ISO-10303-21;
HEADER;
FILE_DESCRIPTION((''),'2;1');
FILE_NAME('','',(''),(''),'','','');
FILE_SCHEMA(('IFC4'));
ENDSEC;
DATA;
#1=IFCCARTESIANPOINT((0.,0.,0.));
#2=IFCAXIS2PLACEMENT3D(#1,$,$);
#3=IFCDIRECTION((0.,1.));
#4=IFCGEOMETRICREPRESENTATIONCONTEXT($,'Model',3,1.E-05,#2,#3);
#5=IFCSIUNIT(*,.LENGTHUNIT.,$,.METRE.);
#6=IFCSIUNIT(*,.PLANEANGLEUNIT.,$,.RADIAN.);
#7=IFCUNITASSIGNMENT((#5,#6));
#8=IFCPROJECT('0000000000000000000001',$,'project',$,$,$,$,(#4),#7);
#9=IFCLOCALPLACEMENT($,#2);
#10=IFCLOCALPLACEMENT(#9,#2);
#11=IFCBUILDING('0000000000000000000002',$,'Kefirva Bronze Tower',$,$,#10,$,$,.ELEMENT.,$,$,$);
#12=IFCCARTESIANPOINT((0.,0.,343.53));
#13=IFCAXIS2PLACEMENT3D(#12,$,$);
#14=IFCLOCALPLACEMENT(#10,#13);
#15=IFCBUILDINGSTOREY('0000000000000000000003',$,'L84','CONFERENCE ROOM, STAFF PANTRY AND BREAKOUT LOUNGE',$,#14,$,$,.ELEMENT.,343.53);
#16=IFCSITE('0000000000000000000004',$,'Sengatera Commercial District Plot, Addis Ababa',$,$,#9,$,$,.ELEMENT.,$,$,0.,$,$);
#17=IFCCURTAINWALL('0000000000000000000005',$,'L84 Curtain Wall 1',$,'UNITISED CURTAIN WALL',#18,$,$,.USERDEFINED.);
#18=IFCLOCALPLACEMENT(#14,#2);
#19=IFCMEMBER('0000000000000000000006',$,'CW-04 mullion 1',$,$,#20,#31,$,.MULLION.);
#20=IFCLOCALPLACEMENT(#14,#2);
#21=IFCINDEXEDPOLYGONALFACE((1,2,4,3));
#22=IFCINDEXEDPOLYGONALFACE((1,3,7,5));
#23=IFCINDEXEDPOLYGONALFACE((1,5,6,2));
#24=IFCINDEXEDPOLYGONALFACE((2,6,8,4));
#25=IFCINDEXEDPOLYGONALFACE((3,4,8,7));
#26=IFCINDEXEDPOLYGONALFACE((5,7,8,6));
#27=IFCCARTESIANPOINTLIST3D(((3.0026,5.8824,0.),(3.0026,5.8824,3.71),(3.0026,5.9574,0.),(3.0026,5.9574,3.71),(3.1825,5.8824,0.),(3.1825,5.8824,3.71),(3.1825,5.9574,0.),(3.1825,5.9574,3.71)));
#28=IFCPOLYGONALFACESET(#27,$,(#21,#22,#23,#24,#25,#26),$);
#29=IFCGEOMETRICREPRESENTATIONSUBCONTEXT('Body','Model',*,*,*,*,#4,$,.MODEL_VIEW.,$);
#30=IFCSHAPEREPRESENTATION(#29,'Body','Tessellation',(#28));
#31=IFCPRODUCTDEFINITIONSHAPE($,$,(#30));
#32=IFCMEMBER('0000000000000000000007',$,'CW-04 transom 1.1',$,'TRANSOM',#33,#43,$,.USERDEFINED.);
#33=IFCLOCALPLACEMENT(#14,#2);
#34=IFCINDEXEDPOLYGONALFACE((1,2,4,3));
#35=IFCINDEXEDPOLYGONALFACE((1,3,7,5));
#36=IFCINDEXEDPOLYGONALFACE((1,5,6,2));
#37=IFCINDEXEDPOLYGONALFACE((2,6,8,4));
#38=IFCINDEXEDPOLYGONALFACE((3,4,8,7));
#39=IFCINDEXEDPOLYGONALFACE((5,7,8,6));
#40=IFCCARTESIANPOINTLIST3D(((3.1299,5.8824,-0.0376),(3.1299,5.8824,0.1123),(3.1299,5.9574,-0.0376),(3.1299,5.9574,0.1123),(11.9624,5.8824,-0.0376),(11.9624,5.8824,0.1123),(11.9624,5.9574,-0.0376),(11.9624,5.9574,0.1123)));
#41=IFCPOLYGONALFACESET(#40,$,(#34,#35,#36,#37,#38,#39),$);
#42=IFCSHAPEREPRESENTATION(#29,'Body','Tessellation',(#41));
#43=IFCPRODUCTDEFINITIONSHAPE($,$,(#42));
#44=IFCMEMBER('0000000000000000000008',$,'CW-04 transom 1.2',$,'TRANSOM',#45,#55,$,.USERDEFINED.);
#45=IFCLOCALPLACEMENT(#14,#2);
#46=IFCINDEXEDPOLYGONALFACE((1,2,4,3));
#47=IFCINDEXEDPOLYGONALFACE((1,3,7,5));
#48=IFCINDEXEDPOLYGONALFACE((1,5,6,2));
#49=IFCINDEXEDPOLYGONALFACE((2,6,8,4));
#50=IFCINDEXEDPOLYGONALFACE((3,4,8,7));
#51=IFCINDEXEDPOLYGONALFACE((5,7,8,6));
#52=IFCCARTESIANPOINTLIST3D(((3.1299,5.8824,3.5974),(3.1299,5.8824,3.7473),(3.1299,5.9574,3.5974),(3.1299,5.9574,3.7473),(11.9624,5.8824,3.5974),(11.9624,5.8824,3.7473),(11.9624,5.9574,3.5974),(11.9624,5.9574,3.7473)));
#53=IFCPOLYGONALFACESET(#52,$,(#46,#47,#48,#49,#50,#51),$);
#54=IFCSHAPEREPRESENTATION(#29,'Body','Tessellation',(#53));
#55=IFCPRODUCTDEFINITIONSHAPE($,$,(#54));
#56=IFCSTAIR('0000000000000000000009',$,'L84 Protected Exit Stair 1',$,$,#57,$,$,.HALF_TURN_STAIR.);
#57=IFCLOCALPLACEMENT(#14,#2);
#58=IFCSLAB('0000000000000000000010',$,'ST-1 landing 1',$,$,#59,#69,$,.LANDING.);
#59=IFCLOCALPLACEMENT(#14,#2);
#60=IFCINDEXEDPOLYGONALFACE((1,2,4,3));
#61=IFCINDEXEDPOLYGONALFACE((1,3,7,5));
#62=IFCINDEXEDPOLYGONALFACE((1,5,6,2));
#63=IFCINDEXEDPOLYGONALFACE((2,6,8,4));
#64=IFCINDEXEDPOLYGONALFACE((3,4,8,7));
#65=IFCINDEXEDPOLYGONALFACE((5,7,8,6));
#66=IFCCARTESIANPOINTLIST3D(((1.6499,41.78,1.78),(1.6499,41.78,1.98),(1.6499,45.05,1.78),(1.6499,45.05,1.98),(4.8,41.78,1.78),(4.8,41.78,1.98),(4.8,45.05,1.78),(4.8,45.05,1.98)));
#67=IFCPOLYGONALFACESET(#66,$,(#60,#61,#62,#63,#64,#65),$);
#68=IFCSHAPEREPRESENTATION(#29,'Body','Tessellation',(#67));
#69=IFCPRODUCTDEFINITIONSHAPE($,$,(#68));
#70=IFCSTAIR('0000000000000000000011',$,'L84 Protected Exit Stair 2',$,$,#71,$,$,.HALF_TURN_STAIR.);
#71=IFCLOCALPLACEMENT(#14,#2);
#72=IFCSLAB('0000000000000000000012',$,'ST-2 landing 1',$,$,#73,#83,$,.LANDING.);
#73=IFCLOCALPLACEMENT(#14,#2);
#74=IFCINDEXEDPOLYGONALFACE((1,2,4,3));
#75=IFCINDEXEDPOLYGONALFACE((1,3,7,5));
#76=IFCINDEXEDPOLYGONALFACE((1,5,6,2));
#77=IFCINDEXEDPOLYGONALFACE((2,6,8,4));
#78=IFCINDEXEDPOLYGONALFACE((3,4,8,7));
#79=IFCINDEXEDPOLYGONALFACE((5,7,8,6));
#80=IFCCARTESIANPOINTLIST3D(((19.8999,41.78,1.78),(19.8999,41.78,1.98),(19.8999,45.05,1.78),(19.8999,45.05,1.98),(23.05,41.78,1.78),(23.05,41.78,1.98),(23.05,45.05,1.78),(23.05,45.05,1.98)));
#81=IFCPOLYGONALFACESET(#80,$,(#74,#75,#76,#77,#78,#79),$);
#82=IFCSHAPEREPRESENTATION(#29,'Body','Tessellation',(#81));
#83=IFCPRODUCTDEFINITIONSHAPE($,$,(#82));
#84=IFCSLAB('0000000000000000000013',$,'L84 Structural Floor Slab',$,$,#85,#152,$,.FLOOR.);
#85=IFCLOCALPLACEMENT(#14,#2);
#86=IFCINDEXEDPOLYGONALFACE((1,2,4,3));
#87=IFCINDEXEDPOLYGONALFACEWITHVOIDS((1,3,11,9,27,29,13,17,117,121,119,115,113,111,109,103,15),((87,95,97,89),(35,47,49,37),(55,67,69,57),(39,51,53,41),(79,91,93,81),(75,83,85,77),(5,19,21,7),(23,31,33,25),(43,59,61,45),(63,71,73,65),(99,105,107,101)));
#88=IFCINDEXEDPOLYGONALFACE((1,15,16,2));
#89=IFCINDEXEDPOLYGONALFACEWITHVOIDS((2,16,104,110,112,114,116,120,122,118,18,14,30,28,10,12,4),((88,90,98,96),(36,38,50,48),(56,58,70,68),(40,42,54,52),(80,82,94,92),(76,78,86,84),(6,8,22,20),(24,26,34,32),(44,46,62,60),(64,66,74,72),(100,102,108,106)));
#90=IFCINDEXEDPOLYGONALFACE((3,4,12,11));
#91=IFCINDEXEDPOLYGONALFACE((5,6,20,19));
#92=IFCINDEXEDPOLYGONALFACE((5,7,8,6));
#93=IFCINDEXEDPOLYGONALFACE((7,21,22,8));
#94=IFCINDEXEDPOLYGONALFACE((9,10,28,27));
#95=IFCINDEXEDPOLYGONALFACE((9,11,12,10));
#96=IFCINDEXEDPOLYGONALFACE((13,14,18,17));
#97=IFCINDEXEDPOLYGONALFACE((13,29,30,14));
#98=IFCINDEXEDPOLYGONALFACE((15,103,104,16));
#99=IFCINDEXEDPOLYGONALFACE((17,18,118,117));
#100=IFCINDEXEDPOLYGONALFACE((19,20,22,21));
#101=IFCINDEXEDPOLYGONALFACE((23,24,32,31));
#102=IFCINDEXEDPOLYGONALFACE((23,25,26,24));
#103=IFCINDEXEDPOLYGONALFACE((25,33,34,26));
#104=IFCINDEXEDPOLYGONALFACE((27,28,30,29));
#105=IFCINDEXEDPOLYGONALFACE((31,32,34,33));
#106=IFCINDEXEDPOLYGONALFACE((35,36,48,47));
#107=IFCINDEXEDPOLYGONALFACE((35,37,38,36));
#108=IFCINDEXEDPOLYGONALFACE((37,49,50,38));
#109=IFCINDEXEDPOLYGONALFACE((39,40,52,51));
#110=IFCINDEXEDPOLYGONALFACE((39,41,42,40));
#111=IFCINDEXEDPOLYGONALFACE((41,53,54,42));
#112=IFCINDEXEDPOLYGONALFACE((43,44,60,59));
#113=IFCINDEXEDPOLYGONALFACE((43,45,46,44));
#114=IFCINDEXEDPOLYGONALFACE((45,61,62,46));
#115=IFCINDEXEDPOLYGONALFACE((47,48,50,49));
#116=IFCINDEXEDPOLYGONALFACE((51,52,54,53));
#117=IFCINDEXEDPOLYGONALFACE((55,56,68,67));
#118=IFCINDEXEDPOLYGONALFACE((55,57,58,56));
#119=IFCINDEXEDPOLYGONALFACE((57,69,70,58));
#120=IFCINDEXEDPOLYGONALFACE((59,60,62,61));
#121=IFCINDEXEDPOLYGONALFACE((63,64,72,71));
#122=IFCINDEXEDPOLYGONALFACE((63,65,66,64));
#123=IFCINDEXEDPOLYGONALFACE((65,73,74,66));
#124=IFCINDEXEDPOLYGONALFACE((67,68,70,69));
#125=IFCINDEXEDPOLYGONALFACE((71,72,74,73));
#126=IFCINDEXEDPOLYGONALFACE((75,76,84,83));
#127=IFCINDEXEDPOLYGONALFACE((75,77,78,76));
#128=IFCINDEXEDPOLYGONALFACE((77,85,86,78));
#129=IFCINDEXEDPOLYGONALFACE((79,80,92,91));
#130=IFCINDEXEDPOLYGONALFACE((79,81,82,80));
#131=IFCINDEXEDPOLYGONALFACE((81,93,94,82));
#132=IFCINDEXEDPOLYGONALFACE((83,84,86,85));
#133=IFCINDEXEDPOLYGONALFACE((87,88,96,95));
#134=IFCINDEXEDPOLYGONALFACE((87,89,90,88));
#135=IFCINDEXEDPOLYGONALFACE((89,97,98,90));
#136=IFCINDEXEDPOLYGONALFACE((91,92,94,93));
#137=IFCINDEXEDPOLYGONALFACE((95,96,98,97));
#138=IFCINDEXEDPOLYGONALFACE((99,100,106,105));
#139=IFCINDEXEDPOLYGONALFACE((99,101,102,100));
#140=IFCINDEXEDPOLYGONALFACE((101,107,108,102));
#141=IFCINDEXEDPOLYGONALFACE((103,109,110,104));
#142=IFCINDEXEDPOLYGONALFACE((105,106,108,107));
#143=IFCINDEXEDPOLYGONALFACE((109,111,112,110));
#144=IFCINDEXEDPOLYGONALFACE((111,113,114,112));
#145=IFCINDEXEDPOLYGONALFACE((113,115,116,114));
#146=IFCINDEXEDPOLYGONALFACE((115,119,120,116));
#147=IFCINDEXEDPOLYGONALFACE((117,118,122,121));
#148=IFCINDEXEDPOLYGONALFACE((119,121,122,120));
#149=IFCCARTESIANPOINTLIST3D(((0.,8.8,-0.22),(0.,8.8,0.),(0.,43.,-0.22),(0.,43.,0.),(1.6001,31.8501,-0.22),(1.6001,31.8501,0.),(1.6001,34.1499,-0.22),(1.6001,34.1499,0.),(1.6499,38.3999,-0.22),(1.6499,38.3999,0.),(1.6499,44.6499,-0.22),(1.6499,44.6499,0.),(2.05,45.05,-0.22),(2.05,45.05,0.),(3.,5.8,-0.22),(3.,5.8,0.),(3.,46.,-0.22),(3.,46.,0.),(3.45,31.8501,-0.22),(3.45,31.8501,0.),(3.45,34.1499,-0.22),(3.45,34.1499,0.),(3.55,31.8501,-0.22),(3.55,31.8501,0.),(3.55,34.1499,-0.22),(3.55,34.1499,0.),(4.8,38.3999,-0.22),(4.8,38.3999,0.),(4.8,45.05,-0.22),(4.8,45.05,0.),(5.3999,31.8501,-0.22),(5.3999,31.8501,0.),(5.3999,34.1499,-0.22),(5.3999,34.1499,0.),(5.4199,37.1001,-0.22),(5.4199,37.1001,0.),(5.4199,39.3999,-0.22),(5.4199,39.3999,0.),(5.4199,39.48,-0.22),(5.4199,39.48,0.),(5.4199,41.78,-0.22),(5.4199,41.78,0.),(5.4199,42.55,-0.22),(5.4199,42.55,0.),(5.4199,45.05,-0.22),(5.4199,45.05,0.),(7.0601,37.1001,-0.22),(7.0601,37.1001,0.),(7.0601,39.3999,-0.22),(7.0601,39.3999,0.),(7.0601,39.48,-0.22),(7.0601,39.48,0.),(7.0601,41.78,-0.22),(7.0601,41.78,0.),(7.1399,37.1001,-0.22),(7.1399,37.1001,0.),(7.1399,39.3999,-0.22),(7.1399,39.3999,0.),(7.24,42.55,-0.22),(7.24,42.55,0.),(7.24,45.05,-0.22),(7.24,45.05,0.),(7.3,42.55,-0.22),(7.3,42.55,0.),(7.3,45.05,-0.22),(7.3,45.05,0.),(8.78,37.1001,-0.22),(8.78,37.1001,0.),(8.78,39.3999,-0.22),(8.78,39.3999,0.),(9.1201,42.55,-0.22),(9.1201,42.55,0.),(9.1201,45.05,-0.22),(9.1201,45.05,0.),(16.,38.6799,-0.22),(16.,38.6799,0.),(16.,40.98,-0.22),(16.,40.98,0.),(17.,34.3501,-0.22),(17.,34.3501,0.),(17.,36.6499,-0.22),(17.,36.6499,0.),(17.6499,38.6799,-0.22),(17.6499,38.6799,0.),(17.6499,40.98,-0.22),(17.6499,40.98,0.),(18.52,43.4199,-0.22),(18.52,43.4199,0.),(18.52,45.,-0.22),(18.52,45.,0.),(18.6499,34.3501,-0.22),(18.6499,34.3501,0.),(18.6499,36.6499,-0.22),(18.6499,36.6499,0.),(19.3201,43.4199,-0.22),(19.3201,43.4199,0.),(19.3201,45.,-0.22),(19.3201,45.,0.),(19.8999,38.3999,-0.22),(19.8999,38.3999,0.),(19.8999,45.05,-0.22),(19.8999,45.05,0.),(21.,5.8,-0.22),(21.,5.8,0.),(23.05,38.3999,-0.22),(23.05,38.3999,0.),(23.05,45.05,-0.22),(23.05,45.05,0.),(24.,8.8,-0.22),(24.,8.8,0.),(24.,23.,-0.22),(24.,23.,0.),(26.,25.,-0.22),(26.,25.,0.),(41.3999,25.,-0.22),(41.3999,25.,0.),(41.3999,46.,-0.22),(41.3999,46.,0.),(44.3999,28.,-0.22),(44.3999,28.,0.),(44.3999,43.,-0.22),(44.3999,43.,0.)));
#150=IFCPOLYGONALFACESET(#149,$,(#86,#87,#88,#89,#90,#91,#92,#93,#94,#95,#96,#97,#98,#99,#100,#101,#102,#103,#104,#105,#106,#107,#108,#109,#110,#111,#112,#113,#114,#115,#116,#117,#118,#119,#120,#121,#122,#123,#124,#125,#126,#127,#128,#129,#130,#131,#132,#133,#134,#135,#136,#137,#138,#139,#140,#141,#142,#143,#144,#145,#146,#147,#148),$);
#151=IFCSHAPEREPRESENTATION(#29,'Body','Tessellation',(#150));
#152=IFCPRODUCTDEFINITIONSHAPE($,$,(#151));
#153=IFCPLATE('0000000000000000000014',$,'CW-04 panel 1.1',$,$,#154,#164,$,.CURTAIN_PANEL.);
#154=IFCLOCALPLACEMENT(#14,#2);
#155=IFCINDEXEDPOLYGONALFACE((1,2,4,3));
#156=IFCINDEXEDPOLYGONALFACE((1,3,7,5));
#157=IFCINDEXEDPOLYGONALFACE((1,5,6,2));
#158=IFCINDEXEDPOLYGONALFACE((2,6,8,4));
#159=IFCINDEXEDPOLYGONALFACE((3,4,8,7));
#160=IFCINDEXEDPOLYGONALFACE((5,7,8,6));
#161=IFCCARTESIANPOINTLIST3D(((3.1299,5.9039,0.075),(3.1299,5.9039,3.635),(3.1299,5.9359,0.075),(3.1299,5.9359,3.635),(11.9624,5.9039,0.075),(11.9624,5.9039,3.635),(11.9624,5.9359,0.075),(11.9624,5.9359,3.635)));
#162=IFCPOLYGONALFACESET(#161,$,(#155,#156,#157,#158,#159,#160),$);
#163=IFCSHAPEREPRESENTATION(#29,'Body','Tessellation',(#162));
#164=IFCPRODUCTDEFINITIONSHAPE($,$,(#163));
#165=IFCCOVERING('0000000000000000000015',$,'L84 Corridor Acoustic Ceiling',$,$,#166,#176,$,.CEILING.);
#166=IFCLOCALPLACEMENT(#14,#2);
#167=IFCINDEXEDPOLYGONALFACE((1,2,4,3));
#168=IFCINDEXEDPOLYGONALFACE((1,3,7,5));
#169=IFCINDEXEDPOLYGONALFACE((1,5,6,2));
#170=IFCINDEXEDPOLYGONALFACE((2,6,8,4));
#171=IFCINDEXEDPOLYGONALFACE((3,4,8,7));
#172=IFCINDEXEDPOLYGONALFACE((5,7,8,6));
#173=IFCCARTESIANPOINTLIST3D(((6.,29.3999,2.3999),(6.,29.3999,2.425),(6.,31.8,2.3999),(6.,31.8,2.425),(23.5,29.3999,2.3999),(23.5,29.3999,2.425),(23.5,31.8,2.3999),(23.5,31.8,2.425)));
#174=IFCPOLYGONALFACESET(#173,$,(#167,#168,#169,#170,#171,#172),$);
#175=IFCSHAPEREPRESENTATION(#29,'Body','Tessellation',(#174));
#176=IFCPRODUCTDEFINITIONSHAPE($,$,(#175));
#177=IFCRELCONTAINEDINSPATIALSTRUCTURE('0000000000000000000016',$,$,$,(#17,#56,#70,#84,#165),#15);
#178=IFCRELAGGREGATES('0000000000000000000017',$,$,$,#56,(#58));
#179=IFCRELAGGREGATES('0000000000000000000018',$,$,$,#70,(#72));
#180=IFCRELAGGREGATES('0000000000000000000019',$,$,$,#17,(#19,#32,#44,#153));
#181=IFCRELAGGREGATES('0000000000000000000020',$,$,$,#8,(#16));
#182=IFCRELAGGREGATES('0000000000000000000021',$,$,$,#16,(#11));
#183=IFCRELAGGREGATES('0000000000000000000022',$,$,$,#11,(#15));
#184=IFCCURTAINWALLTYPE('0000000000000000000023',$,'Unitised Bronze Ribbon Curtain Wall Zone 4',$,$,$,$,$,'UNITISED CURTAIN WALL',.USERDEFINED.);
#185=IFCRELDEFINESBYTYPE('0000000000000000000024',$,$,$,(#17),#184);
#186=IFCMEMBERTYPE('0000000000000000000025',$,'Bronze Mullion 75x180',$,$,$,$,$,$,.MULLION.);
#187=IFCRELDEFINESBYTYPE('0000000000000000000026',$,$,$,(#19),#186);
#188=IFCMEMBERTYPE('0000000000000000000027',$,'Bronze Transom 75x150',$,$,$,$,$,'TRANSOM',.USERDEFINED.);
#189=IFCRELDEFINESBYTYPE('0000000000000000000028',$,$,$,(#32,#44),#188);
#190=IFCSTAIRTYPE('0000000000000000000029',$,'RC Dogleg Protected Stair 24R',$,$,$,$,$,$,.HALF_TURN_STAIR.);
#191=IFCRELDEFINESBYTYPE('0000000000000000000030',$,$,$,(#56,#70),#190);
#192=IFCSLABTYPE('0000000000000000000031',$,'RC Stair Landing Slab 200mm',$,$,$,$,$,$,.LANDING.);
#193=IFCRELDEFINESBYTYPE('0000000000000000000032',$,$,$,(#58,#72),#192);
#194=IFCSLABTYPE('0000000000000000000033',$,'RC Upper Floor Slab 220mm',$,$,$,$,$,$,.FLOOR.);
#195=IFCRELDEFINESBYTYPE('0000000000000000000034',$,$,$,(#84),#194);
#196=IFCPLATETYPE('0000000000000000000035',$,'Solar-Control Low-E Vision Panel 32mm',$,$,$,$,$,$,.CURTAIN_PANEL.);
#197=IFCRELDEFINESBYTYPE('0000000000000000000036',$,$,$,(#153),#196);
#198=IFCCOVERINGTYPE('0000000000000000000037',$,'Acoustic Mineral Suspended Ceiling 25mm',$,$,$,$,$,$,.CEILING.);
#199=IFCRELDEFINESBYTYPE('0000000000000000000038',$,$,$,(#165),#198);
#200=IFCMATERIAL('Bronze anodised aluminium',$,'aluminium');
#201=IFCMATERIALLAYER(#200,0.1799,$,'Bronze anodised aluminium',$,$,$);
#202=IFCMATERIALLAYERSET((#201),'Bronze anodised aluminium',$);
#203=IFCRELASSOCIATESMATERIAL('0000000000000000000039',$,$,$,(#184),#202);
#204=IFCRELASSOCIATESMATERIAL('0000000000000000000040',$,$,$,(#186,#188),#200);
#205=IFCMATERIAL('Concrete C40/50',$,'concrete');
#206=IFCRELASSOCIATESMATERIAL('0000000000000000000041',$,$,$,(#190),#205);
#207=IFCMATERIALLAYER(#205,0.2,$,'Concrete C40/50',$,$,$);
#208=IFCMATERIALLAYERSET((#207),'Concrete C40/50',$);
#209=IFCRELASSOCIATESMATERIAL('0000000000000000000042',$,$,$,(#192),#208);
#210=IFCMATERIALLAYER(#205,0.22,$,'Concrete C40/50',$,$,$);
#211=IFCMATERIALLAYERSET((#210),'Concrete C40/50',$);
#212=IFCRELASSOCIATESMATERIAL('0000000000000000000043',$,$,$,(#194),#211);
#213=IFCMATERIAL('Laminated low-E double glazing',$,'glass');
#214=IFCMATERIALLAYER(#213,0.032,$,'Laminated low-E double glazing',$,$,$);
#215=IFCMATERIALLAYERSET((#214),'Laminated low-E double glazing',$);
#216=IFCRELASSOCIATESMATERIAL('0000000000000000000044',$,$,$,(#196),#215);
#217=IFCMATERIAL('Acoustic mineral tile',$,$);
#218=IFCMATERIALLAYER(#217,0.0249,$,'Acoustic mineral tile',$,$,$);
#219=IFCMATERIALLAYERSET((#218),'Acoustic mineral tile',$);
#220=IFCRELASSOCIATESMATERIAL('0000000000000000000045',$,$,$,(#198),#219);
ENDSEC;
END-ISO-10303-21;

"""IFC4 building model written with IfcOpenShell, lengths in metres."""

from ifc_helpers import new_model, si_unit, direction, frame, origin, origin_2d, place, context, subcontext, project, spatial, polyline, rectangle, outline, extrude, material, layer, layer_set, material_profile, profile_set, type_object, element, aggregate, save


model = new_model("IFC4")

# Units and contexts
model_context = context("Model", 3, precision=1e-05, world=origin(), true_north=direction((0.0, 1.0)))
body_context = subcontext(model_context, "Body", "Model", "MODEL_VIEW")
ifc_project = project(units=[si_unit("LENGTHUNIT", "METRE"), si_unit("PLANEANGLEUNIT", "RADIAN")], contexts=[model_context])

# Site, building, storey
site_placement = place(None, origin())
site = spatial("IfcSite", under=ifc_project, at=site_placement, Name="Sengatera Commercial District Plot, Addis Ababa", CompositionType="ELEMENT", RefElevation=0.0)
building_placement = place(site_placement, origin())
building = spatial("IfcBuilding", under=site, at=building_placement, Name="Kefirva Bronze Tower", CompositionType="ELEMENT")
storey_placement = place(building_placement, frame((0.0, 0.0, 343.53)))
storey = spatial("IfcBuildingStorey", under=building, at=storey_placement, Name="L84", Description="CONFERENCE ROOM, STAFF PANTRY AND BREAKOUT LOUNGE", CompositionType="ELEMENT", Elevation=343.53)

# Curtain wall, members
ifc_material_1 = material(Name="Bronze anodised aluminium", Category="aluminium")
ifc_layer_1 = layer(ifc_material_1, 0.1799, Name="Bronze anodised aluminium")
ifc_layer_set_1 = layer_set([ifc_layer_1], Name="Bronze anodised aluminium")
curtain_wall_type = type_object("IfcCurtainWallType", Name="Unitised Bronze Ribbon Curtain Wall Zone 4", ElementType="UNITISED CURTAIN WALL", PredefinedType="USERDEFINED", material=ifc_layer_set_1)
curtain_wall_placement = place(storey_placement, origin())
curtain_wall = element("IfcCurtainWall", 1, at=curtain_wall_placement, inside=storey, type_object=curtain_wall_type, Name="L84 Curtain Wall 1", ObjectType="UNITISED CURTAIN WALL", PredefinedType="USERDEFINED")
ifc_material_profile_1 = material_profile(ifc_material_1, rectangle(XDim=0.075, YDim=0.1799, at=origin_2d()), Name="ALU 75x180")
ifc_profile_set_1 = profile_set([ifc_material_profile_1], Name="Bronze anodised aluminium")
member_type_1 = type_object("IfcMemberType", Name="Bronze Mullion 75x180", PredefinedType="MULLION", material=ifc_profile_set_1)
member_1_placement = place(storey_placement, frame((3.0925, 5.9199, 0.0), z_axis=(0.0, 0.0, 1.0), x_axis=(0.0, 1.0, 0.0)))
member_1 = element("IfcMember", 2, at=member_1_placement, type_object=member_type_1, Name="CW-04 mullion 1", PredefinedType="MULLION", context=body_context, shape_type="SweptSolid", body=[
    extrude(rectangle(XDim=0.075, YDim=0.1799, at=origin_2d()), origin(), (0.0, 0.0, 1.0), 3.71),
])
ifc_material_profile_2 = material_profile(ifc_material_1, rectangle(XDim=0.075, YDim=0.1499, at=origin_2d()), Name="ALU 75x150")
ifc_profile_set_2 = profile_set([ifc_material_profile_2], Name="Bronze anodised aluminium")
member_type_2 = type_object("IfcMemberType", Name="Bronze Transom 75x150", ElementType="TRANSOM", PredefinedType="USERDEFINED", material=ifc_profile_set_2)
member_2_placement = place(storey_placement, frame((3.1299, 5.9199, 0.0374), z_axis=(1.0, 0.0, 0.0), x_axis=(0.0, 1.0, 0.0)))
member_2 = element("IfcMember", 3, at=member_2_placement, type_object=member_type_2, Name="CW-04 transom 1.1", ObjectType="TRANSOM", PredefinedType="USERDEFINED", context=body_context, shape_type="SweptSolid", body=[
    extrude(rectangle(XDim=0.075, YDim=0.1499, at=origin_2d()), origin(), (0.0, 0.0, 1.0), 8.8325),
])
member_3_placement = place(storey_placement, frame((3.1299, 5.9199, 3.6724), z_axis=(1.0, 0.0, 0.0), x_axis=(0.0, 1.0, 0.0)))
member_3 = element("IfcMember", 4, at=member_3_placement, type_object=member_type_2, Name="CW-04 transom 1.2", ObjectType="TRANSOM", PredefinedType="USERDEFINED", context=body_context, shape_type="SweptSolid", body=[
    extrude(rectangle(XDim=0.075, YDim=0.1499, at=origin_2d()), origin(), (0.0, 0.0, 1.0), 8.8325),
])

# Stairs, slabs
ifc_material_2 = material(Name="Concrete C40/50", Category="concrete")
stair_type = type_object("IfcStairType", Name="RC Dogleg Protected Stair 24R", PredefinedType="HALF_TURN_STAIR", material=ifc_material_2)
stair_1_placement = place(storey_placement, origin())
stair_1 = element("IfcStair", 5, at=stair_1_placement, inside=storey, type_object=stair_type, Name="L84 Protected Exit Stair 1", PredefinedType="HALF_TURN_STAIR")
ifc_layer_2 = layer(ifc_material_2, 0.2, Name="Concrete C40/50")
ifc_layer_set_2 = layer_set([ifc_layer_2], Name="Concrete C40/50")
slab_type_1 = type_object("IfcSlabType", Name="RC Stair Landing Slab 200mm", PredefinedType="LANDING", material=ifc_layer_set_2)
slab_1_placement = place(storey_placement, frame((0.0, 0.0, 1.78)))
slab_1 = element("IfcSlab", 6, at=slab_1_placement, type_object=slab_type_1, Name="ST-1 landing 1", PredefinedType="LANDING", context=body_context, shape_type="SweptSolid", body=[
    extrude(outline(polyline([(4.8, 41.78), (4.8, 45.05), (1.6499, 45.05), (1.6499, 41.78), (4.8, 41.78)])), origin(), (0.0, 0.0, 1.0), 0.2),
])
aggregate(stair_1, [slab_1])
stair_2_placement = place(storey_placement, origin())
stair_2 = element("IfcStair", 7, at=stair_2_placement, inside=storey, type_object=stair_type, Name="L84 Protected Exit Stair 2", PredefinedType="HALF_TURN_STAIR")
slab_2_placement = place(storey_placement, frame((0.0, 0.0, 1.78)))
slab_2 = element("IfcSlab", 8, at=slab_2_placement, type_object=slab_type_1, Name="ST-2 landing 1", PredefinedType="LANDING", context=body_context, shape_type="SweptSolid", body=[
    extrude(outline(polyline([(23.05, 41.78), (23.05, 45.05), (19.8999, 45.05), (19.8999, 41.78), (23.05, 41.78)])), origin(), (0.0, 0.0, 1.0), 0.2),
])
aggregate(stair_2, [slab_2])

# Slab
ifc_layer_3 = layer(ifc_material_2, 0.22, Name="Concrete C40/50")
ifc_layer_set_3 = layer_set([ifc_layer_3], Name="Concrete C40/50")
slab_type_2 = type_object("IfcSlabType", Name="RC Upper Floor Slab 220mm", PredefinedType="FLOOR", material=ifc_layer_set_3)
slab_3_placement = place(storey_placement, frame((0.0, 0.0, -0.22)))
element("IfcSlab", 9, at=slab_3_placement, inside=storey, type_object=slab_type_2, Name="L84 Structural Floor Slab", PredefinedType="FLOOR", context=body_context, shape_type="SweptSolid", body=[
    extrude(outline(polyline([(0.0, 8.8), (0.0, 43.0), (1.6499, 44.6499), (1.6499, 38.3999), (4.8, 38.3999), (4.8, 45.05), (2.05, 45.05), (3.0, 46.0), (41.3999, 46.0), (44.3999, 43.0), (44.3999, 28.0), (41.3999, 25.0), (26.0, 25.0), (24.0, 23.0), (24.0, 8.8), (21.0, 5.8), (3.0, 5.8), (0.0, 8.8)]), holes=[polyline([(23.05, 45.05), (19.8999, 45.05), (19.8999, 38.3999), (23.05, 38.3999), (23.05, 45.05)]), polyline([(19.3201, 43.4199), (19.3201, 45.0), (18.52, 45.0), (18.52, 43.4199), (19.3201, 43.4199)]), polyline([(18.6499, 36.6499), (17.0, 36.6499), (17.0, 34.3501), (18.6499, 34.3501), (18.6499, 36.6499)]), polyline([(17.6499, 38.6799), (17.6499, 40.98), (16.0, 40.98), (16.0, 38.6799), (17.6499, 38.6799)]), polyline([(9.1201, 42.55), (9.1201, 45.05), (7.3, 45.05), (7.3, 42.55), (9.1201, 42.55)]), polyline([(8.78, 37.1001), (8.78, 39.3999), (7.1399, 39.3999), (7.1399, 37.1001), (8.78, 37.1001)]), polyline([(7.24, 42.55), (7.24, 45.05), (5.4199, 45.05), (5.4199, 42.55), (7.24, 42.55)]), polyline([(7.0601, 37.1001), (7.0601, 39.3999), (5.4199, 39.3999), (5.4199, 37.1001), (7.0601, 37.1001)]), polyline([(7.0601, 41.78), (5.4199, 41.78), (5.4199, 39.48), (7.0601, 39.48), (7.0601, 41.78)]), polyline([(5.3999, 31.8501), (5.3999, 34.1499), (3.55, 34.1499), (3.55, 31.8501), (5.3999, 31.8501)]), polyline([(3.45, 34.1499), (1.6001, 34.1499), (1.6001, 31.8501), (3.45, 31.8501), (3.45, 34.1499)])]), origin(), (0.0, 0.0, 1.0), 0.22),
])

# Plate
ifc_material_3 = material(Name="Laminated low-E double glazing", Category="glass")
ifc_layer_4 = layer(ifc_material_3, 0.032, Name="Laminated low-E double glazing")
ifc_layer_set_4 = layer_set([ifc_layer_4], Name="Laminated low-E double glazing")
plate_type = type_object("IfcPlateType", Name="Solar-Control Low-E Vision Panel 32mm", PredefinedType="CURTAIN_PANEL", material=ifc_layer_set_4)
plate_placement = place(storey_placement, frame((7.5461, 5.9199, 0.075), z_axis=(0.0, 0.0, 1.0), x_axis=(1.0, 0.0, 0.0)))
plate = element("IfcPlate", 10, at=plate_placement, type_object=plate_type, Name="CW-04 panel 1.1", PredefinedType="CURTAIN_PANEL", context=body_context, shape_type="SweptSolid", body=[
    extrude(rectangle(XDim=8.8325, YDim=0.032, at=origin_2d()), origin(), (0.0, 0.0, 1.0), 3.5601),
])
aggregate(curtain_wall, [member_1, member_2, member_3, plate])

# Covering
ifc_material_4 = material(Name="Acoustic mineral tile")
ifc_layer_5 = layer(ifc_material_4, 0.0249, Name="Acoustic mineral tile")
ifc_layer_set_5 = layer_set([ifc_layer_5], Name="Acoustic mineral tile")
covering_type_1 = type_object("IfcCoveringType", Name="Acoustic Mineral Suspended Ceiling 25mm", PredefinedType="CEILING", material=ifc_layer_set_5)
covering_1_placement = place(storey_placement, frame((0.0, 0.0, 2.3999)))
element("IfcCovering", 11, at=covering_1_placement, inside=storey, type_object=covering_type_1, Name="L84 Corridor Acoustic Ceiling", PredefinedType="CEILING", context=body_context, shape_type="SweptSolid", body=[
    extrude(outline(polyline([(6.0, 29.3999), (23.5, 29.3999), (23.5, 31.8), (6.0, 31.8), (6.0, 29.3999)])), origin(), (0.0, 0.0, 1.0), 0.0251),
])

save(model, "model.ifc")
